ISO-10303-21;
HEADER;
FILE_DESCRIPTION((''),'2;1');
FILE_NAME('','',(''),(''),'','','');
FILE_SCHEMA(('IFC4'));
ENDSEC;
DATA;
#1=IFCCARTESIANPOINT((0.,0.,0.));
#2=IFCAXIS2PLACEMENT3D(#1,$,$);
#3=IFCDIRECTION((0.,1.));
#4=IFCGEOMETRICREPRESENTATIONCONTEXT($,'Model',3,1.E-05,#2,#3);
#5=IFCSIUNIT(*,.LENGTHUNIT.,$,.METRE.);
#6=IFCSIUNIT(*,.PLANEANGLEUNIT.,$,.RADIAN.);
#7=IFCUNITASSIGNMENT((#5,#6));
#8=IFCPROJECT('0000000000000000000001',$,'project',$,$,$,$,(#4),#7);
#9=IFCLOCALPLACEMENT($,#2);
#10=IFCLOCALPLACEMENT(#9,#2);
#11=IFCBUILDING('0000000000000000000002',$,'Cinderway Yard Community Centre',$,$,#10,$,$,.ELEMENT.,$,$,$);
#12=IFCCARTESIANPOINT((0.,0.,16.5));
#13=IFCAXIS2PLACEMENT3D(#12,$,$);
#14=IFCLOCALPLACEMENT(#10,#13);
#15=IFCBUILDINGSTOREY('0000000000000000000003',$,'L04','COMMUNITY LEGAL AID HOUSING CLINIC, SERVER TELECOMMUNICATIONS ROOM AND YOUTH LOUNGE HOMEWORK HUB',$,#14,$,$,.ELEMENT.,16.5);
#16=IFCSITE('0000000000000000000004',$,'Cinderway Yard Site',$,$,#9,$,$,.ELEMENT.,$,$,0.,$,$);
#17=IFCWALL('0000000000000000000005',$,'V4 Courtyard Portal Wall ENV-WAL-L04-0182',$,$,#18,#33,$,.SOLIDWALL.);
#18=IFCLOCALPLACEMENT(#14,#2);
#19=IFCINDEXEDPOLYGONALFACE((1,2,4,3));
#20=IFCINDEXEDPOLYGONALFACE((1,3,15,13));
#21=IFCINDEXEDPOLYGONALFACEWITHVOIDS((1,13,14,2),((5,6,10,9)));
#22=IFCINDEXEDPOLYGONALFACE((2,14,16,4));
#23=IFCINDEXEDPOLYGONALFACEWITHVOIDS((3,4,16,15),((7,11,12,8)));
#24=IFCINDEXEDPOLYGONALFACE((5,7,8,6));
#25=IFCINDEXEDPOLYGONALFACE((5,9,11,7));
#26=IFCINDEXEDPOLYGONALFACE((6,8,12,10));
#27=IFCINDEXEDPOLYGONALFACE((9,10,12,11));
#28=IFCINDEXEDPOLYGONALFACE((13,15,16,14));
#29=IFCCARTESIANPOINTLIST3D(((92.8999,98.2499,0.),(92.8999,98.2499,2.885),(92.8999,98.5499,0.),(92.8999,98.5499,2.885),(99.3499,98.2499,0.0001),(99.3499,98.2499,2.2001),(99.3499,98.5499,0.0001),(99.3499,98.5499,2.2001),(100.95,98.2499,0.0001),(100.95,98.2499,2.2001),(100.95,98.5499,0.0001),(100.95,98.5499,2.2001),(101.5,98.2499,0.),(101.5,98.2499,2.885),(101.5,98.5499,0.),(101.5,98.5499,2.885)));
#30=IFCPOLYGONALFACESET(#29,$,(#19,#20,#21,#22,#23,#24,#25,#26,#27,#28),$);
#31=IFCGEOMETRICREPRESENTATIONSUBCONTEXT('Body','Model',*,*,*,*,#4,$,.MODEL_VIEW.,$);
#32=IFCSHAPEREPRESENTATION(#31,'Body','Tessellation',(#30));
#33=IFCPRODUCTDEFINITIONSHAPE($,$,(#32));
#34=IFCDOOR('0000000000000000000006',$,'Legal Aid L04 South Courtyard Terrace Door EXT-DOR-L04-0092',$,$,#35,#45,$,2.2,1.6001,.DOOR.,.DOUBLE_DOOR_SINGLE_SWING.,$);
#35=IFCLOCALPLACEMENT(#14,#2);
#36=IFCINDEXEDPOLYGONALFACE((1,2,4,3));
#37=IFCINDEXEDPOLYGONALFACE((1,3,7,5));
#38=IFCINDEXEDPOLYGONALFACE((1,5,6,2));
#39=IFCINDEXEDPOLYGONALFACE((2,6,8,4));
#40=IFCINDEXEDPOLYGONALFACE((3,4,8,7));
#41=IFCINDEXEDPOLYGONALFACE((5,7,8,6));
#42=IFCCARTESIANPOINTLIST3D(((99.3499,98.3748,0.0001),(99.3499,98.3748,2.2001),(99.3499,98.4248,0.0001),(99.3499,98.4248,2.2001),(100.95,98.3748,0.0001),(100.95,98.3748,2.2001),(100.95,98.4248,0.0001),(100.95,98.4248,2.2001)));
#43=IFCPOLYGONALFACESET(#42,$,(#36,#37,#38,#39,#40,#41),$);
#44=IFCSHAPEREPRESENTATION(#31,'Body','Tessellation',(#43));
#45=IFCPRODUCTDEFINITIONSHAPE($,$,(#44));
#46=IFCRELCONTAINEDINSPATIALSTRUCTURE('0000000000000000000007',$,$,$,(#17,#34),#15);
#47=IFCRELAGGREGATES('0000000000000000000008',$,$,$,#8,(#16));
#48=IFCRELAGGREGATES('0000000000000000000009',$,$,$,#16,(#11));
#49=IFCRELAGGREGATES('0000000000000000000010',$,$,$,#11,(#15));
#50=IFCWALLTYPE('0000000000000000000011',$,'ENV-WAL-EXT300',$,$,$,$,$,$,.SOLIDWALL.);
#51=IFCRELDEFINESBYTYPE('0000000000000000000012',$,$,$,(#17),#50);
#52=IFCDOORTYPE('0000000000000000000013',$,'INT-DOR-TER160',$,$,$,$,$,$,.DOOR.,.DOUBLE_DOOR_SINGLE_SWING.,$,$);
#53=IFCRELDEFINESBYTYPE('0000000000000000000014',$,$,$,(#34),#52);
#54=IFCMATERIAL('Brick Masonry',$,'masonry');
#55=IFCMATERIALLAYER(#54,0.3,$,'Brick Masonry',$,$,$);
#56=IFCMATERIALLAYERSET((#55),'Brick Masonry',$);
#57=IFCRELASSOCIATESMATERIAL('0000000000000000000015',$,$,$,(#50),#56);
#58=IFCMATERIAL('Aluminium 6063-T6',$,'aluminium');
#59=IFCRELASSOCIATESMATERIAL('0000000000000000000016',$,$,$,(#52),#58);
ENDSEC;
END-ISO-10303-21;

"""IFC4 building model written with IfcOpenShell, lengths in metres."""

from ifc_helpers import new_model, si_unit, direction, frame, frame_2d, origin, place, context, subcontext, project, spatial, rectangle, extrude, material, layer, layer_set, type_object, element, fill, save


model = new_model("IFC4")

# Units and contexts
model_context = context("Model", 3, precision=1e-05, world=origin(), true_north=direction((0.0, 1.0)))
body_context = subcontext(model_context, "Body", "Model", "MODEL_VIEW")
ifc_project = project(units=[si_unit("LENGTHUNIT", "METRE"), si_unit("PLANEANGLEUNIT", "RADIAN")], contexts=[model_context])

# Site, building, storey
site_placement = place(None, origin())
site = spatial("IfcSite", under=ifc_project, at=site_placement, Name="Cinderway Yard Site", CompositionType="ELEMENT", RefElevation=0.0)
building_placement = place(site_placement, origin())
building = spatial("IfcBuilding", under=site, at=building_placement, Name="Cinderway Yard Community Centre", CompositionType="ELEMENT")
storey_placement = place(building_placement, frame((0.0, 0.0, 16.5)))
storey = spatial("IfcBuildingStorey", under=building, at=storey_placement, Name="L04", Description="COMMUNITY LEGAL AID HOUSING CLINIC, SERVER TELECOMMUNICATIONS ROOM AND YOUTH LOUNGE HOMEWORK HUB", CompositionType="ELEMENT", Elevation=16.5)

# Shared definitions
ifc_material_1 = material(Name="Aluminium 6063-T6", Category="aluminium")

# Wall, opening, door
ifc_material_2 = material(Name="Brick Masonry", Category="masonry")
ifc_layer_1 = layer(ifc_material_2, 0.3, Name="Brick Masonry")
ifc_layer_set_1 = layer_set([ifc_layer_1], Name="Brick Masonry")
wall_type = type_object("IfcWallType", Name="ENV-WAL-EXT300", PredefinedType="SOLIDWALL", material=ifc_layer_set_1)
wall_placement = place(storey_placement, frame((92.8999, 98.3999, 0.0), z_axis=(0.0, 0.0, 1.0), x_axis=(1.0, 0.0, 0.0)))
wall = element("IfcWall", 1, at=wall_placement, inside=storey, type_object=wall_type, Name="V4 Courtyard Portal Wall ENV-WAL-L04-0182", PredefinedType="SOLIDWALL", context=body_context, shape_type="SweptSolid", body=[
    extrude(rectangle(XDim=8.6001, YDim=0.3, at=frame_2d((4.3, 0.0))), origin(), (0.0, 0.0, 1.0), 2.885),
])
opening_placement = place(wall_placement, frame((6.45, 0.0, 0.0)))
opening = element("IfcOpeningElement", 2, at=opening_placement, cuts=wall, PredefinedType="OPENING", context=body_context, shape_type="SweptSolid", body=[
    extrude(rectangle(XDim=1.6001, YDim=2.2, at=frame_2d((0.8, 1.1001))), frame((0.0, 0.1599, 0.0), z_axis=(0.0, -1.0, 0.0), x_axis=(1.0, 0.0, 0.0)), (0.0, 0.0, 1.0), 0.3201),
])
door_type = type_object("IfcDoorType", Name="INT-DOR-TER160", OperationType="DOUBLE_DOOR_SINGLE_SWING", PredefinedType="DOOR", material=ifc_material_1)
door_placement = place(opening_placement, origin())
door = element("IfcDoor", 3, at=door_placement, inside=storey, type_object=door_type, Name="Legal Aid L04 South Courtyard Terrace Door EXT-DOR-L04-0092", OperationType="DOUBLE_DOOR_SINGLE_SWING", OverallHeight=2.2, OverallWidth=1.6001, PredefinedType="DOOR", context=body_context, shape_type="SweptSolid", body=[
    extrude(rectangle(XDim=1.6001, YDim=2.2, at=frame_2d((0.8, 1.1001))), frame((0.0, 0.0249, 0.0), z_axis=(0.0, -1.0, 0.0), x_axis=(1.0, 0.0, 0.0)), (0.0, 0.0, 1.0), 0.05),
])
fill(opening, door)

save(model, "model.ifc")
